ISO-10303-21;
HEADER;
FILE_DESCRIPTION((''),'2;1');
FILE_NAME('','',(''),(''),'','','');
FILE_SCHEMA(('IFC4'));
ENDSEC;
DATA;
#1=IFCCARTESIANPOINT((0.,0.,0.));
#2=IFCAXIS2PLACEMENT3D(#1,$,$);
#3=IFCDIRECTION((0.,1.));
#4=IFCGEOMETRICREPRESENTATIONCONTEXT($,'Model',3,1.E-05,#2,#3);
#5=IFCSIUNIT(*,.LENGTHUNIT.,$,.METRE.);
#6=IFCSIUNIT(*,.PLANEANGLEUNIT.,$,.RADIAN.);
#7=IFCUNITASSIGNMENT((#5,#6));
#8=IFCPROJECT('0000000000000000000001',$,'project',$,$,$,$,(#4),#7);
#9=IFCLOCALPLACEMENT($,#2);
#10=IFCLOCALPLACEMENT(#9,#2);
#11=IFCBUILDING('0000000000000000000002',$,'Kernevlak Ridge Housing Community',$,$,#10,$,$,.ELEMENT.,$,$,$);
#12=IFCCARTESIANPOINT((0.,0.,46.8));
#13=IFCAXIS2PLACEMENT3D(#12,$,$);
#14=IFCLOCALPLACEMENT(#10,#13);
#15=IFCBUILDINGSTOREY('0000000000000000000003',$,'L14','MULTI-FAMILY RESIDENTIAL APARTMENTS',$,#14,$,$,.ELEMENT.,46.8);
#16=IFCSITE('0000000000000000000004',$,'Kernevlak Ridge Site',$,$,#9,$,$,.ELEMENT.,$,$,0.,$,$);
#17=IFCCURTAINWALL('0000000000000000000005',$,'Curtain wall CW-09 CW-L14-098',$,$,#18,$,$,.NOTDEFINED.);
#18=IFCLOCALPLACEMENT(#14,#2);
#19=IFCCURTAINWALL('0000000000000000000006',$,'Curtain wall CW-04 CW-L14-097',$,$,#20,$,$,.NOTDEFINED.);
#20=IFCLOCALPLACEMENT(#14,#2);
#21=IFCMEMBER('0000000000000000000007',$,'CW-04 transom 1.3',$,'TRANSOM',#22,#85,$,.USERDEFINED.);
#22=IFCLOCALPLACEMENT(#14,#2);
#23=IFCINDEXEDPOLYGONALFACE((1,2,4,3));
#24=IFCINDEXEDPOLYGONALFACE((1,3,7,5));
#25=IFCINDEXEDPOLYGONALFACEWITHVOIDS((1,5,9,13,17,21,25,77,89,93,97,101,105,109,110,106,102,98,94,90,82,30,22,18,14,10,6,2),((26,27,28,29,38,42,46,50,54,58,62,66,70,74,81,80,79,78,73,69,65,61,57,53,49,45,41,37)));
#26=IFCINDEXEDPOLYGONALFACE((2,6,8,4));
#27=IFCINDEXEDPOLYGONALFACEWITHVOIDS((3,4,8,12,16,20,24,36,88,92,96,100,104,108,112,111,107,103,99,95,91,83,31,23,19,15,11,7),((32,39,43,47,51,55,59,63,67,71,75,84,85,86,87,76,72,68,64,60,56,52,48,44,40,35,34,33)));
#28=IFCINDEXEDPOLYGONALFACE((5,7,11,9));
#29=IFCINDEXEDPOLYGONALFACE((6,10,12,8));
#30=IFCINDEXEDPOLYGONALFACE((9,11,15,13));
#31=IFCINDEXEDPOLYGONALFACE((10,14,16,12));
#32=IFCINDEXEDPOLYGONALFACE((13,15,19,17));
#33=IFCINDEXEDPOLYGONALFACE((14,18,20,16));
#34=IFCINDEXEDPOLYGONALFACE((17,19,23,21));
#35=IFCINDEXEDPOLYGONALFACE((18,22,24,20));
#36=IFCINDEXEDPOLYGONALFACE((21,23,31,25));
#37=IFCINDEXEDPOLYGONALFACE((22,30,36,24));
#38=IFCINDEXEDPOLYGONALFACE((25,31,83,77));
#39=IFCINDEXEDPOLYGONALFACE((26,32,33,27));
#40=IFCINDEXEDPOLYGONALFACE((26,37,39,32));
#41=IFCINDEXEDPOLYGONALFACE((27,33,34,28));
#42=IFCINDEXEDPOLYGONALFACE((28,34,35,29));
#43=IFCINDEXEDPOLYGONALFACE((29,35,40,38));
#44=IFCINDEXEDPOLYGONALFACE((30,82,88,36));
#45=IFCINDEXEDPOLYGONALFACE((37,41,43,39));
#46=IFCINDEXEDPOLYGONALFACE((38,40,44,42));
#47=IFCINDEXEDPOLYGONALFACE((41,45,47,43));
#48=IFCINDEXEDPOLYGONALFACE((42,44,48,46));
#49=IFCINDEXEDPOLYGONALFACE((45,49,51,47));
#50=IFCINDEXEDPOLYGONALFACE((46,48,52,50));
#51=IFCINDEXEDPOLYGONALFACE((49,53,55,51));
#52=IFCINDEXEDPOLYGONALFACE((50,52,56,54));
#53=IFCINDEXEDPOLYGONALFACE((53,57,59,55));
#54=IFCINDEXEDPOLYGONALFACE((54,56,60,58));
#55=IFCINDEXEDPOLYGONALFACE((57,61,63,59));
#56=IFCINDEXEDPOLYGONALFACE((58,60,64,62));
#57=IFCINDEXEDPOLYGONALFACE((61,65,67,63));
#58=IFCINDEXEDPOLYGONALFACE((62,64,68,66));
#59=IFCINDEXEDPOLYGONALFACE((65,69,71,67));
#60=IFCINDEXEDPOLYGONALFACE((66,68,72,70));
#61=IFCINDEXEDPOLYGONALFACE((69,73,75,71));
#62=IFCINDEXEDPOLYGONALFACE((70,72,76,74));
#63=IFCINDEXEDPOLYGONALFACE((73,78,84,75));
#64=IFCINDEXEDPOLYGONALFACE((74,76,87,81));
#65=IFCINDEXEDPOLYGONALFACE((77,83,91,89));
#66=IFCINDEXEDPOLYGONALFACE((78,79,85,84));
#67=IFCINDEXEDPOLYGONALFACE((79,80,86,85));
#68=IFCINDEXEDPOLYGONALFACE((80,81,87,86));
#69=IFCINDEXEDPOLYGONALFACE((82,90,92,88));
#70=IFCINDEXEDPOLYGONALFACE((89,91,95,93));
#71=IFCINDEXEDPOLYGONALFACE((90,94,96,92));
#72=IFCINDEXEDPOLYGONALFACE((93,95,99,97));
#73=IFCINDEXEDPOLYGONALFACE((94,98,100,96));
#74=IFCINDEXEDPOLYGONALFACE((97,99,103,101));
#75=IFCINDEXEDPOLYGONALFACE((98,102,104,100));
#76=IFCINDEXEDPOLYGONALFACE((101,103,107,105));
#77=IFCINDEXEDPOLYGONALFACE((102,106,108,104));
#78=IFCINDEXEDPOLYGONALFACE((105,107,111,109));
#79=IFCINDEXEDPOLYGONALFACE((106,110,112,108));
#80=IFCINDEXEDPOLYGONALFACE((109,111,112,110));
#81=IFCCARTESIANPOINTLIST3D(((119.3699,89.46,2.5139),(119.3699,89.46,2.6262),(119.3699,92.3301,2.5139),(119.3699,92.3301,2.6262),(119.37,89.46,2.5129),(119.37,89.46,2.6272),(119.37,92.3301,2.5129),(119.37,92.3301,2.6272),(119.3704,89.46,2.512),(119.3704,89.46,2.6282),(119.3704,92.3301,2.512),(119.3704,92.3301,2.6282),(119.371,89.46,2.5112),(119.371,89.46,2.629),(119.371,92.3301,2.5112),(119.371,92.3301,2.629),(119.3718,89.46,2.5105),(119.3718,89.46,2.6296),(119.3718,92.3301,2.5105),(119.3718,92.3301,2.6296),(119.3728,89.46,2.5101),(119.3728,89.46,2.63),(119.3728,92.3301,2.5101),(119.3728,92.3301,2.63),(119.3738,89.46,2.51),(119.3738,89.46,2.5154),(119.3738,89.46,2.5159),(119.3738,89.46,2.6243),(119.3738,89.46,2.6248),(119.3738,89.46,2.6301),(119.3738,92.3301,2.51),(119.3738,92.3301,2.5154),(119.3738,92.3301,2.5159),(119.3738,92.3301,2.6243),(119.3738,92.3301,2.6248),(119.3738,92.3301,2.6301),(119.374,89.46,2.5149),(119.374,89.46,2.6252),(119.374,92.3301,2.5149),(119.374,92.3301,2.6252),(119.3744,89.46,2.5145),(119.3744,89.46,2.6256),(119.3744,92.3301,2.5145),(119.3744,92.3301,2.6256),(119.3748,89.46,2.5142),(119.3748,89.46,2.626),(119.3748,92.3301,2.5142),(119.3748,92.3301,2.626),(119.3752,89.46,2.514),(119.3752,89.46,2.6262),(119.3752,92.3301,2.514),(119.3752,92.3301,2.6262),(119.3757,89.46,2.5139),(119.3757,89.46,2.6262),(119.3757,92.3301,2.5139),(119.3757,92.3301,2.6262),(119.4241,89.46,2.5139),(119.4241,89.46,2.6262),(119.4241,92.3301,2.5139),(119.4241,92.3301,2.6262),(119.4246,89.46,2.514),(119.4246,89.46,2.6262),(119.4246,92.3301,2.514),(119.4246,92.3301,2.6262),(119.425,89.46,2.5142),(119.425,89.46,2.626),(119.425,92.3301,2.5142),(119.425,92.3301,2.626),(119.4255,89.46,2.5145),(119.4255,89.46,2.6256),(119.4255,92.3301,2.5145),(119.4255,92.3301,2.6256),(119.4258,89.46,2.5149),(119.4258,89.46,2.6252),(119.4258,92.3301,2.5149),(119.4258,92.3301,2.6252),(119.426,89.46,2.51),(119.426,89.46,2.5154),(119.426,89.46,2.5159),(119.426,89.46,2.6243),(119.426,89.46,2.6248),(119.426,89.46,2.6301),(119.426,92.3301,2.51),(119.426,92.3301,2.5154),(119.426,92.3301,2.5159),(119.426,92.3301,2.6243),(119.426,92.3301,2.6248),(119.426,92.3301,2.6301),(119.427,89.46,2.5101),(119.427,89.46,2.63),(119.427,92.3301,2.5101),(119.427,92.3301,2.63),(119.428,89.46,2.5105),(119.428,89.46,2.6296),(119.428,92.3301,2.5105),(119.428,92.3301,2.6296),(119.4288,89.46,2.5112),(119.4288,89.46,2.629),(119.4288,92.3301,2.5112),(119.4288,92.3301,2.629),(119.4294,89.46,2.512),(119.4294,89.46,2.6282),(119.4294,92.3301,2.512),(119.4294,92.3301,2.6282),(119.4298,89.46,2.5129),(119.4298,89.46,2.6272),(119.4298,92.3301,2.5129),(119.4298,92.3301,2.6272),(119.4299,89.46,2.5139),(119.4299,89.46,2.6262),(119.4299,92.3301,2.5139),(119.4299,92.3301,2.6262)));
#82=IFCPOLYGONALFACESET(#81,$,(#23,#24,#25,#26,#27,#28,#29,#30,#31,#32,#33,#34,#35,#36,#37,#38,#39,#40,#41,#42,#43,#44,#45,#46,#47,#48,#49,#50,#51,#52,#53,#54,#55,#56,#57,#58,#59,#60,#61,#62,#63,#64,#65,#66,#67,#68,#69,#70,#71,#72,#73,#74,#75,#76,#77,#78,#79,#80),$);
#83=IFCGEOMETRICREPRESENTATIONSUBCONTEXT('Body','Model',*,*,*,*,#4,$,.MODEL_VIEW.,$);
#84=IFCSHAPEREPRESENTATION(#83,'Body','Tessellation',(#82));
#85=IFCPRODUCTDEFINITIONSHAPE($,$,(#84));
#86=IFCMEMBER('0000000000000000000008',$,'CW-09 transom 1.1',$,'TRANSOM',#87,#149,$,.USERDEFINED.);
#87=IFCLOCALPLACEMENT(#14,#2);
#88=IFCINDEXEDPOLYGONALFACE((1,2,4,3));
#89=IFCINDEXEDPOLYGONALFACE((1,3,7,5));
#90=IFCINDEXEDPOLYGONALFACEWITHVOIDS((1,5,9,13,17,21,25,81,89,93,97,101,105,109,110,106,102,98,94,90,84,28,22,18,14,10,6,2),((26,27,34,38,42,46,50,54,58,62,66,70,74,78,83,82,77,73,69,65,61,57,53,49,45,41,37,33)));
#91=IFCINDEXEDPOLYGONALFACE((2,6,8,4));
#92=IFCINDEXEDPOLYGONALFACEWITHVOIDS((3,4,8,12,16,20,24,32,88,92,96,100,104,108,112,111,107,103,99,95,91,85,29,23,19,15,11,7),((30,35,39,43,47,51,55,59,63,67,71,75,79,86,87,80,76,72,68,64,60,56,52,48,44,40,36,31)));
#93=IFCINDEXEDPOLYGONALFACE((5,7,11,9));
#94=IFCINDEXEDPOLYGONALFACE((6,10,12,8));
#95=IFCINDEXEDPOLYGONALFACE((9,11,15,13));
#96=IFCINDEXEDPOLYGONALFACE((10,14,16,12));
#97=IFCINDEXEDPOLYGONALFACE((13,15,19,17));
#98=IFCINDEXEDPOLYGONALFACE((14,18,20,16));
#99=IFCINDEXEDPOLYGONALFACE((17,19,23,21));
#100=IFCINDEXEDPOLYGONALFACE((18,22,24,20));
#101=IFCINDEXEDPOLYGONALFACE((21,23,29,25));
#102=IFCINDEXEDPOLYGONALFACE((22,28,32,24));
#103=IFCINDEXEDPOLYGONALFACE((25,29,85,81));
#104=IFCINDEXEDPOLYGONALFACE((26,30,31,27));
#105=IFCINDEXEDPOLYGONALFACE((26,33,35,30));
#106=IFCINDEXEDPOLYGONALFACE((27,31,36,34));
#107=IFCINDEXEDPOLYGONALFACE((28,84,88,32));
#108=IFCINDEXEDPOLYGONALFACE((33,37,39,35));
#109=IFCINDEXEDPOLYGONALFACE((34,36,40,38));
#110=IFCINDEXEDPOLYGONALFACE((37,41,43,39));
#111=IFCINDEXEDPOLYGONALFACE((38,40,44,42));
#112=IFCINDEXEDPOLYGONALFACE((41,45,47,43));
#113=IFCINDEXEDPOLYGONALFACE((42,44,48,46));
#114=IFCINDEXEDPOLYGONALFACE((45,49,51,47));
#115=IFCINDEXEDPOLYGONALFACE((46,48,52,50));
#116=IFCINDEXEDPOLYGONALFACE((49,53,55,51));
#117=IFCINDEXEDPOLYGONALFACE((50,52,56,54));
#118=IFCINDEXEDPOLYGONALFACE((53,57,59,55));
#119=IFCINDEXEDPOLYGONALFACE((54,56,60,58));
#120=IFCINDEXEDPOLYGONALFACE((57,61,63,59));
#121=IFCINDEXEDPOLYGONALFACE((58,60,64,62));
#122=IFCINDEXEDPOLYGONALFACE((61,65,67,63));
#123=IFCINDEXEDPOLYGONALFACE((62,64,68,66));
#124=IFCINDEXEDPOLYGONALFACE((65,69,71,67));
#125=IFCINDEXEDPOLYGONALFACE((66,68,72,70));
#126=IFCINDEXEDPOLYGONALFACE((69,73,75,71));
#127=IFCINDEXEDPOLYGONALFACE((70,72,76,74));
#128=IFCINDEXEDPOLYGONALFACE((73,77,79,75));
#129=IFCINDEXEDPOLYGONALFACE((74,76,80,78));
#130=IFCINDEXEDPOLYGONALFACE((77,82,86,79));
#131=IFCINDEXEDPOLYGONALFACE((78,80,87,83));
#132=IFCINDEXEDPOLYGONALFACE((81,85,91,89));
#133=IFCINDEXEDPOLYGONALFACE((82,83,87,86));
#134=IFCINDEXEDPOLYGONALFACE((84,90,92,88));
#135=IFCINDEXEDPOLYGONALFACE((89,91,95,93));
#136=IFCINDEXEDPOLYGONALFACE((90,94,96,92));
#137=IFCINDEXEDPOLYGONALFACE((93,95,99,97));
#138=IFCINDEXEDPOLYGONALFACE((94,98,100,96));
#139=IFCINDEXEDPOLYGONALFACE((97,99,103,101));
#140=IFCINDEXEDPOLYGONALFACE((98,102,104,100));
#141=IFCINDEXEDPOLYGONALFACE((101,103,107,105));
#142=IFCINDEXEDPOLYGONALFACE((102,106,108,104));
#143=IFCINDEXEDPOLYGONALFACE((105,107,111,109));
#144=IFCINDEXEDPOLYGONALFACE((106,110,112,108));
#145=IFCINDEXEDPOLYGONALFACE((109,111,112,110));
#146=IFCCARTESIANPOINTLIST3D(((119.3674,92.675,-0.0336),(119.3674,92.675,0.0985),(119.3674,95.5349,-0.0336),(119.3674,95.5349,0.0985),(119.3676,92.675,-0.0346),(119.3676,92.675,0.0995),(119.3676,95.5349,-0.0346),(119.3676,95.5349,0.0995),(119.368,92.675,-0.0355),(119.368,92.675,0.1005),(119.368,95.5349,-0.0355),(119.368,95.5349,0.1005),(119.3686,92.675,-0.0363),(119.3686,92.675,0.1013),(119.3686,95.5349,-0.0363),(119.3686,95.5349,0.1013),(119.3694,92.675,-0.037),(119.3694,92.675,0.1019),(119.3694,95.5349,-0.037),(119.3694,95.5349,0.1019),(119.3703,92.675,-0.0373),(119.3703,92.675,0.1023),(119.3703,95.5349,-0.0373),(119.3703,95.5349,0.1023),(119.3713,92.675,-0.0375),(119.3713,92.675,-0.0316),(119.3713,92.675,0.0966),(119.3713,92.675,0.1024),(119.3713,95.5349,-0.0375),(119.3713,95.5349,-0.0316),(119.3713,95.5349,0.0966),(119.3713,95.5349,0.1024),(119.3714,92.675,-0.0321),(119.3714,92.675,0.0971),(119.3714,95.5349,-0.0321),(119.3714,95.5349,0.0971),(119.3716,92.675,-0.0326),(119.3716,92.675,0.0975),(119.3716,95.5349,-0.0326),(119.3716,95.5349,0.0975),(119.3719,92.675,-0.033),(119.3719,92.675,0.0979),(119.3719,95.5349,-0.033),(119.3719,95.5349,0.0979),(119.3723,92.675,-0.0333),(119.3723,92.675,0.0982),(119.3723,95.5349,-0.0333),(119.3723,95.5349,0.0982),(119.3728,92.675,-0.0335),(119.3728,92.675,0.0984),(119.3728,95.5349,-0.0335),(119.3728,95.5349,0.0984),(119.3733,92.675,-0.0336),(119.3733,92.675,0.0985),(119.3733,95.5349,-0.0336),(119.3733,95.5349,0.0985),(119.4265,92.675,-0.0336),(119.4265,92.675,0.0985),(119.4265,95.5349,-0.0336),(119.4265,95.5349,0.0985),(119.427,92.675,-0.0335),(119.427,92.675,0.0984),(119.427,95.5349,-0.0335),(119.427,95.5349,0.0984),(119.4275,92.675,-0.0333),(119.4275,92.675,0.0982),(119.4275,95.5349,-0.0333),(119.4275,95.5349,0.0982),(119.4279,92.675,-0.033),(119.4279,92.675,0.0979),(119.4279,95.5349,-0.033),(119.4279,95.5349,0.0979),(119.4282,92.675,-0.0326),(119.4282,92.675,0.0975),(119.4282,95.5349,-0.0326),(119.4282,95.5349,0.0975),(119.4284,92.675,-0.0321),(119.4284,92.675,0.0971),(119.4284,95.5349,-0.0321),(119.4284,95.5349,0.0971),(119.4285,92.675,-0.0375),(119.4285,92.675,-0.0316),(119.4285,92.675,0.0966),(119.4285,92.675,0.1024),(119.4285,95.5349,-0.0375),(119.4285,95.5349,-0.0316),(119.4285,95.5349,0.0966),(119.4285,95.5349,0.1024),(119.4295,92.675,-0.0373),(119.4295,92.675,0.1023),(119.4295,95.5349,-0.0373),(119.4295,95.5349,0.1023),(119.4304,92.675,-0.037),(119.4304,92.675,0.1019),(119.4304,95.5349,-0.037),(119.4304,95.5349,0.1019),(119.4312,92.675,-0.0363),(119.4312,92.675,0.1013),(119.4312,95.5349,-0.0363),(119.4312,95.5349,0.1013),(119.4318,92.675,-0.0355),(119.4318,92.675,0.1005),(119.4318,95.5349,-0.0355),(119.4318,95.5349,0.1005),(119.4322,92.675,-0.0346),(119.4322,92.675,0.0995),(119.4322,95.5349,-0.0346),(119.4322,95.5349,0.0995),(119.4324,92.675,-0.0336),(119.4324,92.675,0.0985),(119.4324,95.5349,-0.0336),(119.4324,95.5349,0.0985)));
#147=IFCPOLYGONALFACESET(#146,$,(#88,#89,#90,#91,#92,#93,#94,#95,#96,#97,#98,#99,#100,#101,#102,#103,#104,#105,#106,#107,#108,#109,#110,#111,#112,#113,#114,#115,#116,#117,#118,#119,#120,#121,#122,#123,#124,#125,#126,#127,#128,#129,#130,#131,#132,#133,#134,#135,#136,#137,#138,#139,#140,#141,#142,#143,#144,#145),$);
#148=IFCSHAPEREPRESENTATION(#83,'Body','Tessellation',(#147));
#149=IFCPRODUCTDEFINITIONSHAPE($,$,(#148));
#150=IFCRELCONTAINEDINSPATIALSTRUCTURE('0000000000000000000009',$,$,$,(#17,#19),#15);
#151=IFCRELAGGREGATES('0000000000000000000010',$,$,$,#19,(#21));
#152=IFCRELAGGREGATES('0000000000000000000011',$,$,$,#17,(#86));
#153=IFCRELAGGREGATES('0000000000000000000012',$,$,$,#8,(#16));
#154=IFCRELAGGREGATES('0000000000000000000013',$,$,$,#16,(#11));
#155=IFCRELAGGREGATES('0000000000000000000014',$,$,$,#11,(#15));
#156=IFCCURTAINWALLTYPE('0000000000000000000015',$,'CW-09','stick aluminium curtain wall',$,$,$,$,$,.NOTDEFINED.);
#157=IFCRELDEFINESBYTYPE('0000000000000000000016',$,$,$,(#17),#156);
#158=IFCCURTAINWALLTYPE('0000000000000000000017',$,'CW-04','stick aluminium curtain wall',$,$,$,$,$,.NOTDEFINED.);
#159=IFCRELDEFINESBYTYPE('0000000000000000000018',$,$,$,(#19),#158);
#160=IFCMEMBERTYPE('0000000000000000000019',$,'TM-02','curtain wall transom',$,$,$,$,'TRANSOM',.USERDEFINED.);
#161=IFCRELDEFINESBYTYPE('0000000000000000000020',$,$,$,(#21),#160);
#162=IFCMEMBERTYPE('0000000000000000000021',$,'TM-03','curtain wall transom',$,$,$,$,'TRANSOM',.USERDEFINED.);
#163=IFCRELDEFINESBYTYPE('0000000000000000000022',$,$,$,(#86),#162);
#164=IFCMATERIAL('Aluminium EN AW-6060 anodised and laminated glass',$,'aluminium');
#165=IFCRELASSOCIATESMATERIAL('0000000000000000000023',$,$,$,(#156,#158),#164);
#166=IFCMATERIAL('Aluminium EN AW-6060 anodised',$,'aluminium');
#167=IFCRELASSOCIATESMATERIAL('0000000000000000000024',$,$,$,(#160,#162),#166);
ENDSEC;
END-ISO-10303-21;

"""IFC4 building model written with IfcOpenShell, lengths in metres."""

from ifc_helpers import new_model, si_unit, direction, frame, origin, origin_2d, place, context, subcontext, project, spatial, hollow_rectangle, extrude, material, material_profile, profile_set, type_object, element, aggregate, save


model = new_model("IFC4")

# Units and contexts
model_context = context("Model", 3, precision=1e-05, world=origin(), true_north=direction((0.0, 1.0)))
body_context = subcontext(model_context, "Body", "Model", "MODEL_VIEW")
ifc_project = project(units=[si_unit("LENGTHUNIT", "METRE"), si_unit("PLANEANGLEUNIT", "RADIAN")], contexts=[model_context])

# Site, building, storey
site_placement = place(None, origin())
site = spatial("IfcSite", under=ifc_project, at=site_placement, Name="Kernevlak Ridge Site", CompositionType="ELEMENT", RefElevation=0.0)
building_placement = place(site_placement, origin())
building = spatial("IfcBuilding", under=site, at=building_placement, Name="Kernevlak Ridge Housing Community", CompositionType="ELEMENT")
storey_placement = place(building_placement, frame((0.0, 0.0, 46.8)))
storey = spatial("IfcBuildingStorey", under=building, at=storey_placement, Name="L14", Description="MULTI-FAMILY RESIDENTIAL APARTMENTS", CompositionType="ELEMENT", Elevation=46.8)

# Curtain wall
ifc_material_1 = material(Name="Aluminium EN AW-6060 anodised and laminated glass", Category="aluminium")
curtain_wall_type_1 = type_object("IfcCurtainWallType", Name="CW-09", Description="stick aluminium curtain wall", PredefinedType="NOTDEFINED", material=ifc_material_1)
curtain_wall_1_placement = place(storey_placement, origin())
curtain_wall_1 = element("IfcCurtainWall", 1, at=curtain_wall_1_placement, inside=storey, type_object=curtain_wall_type_1, Name="Curtain wall CW-09 CW-L14-098", PredefinedType="NOTDEFINED")
ifc_material_2 = material(Name="Aluminium EN AW-6060 anodised", Category="aluminium")

# Curtain wall, member
curtain_wall_type_2 = type_object("IfcCurtainWallType", Name="CW-04", Description="stick aluminium curtain wall", PredefinedType="NOTDEFINED", material=ifc_material_1)
curtain_wall_2_placement = place(storey_placement, origin())
curtain_wall_2 = element("IfcCurtainWall", 2, at=curtain_wall_2_placement, inside=storey, type_object=curtain_wall_type_2, Name="Curtain wall CW-04 CW-L14-097", PredefinedType="NOTDEFINED")
ifc_material_profile_1 = material_profile(ifc_material_2, hollow_rectangle(XDim=0.0601, YDim=0.1201, WallThickness=0.0039, InnerFilletRadius=0.002, OuterFilletRadius=0.0039, at=origin_2d()), Name="ALU 60x120x4")
ifc_profile_set_1 = profile_set([ifc_material_profile_1], Name="Aluminium EN AW-6060 anodised")
member_type_1 = type_object("IfcMemberType", Name="TM-02", Description="curtain wall transom", ElementType="TRANSOM", PredefinedType="USERDEFINED", material=ifc_profile_set_1)
member_1_placement = place(storey_placement, frame((119.3999, 89.46, 2.5701), z_axis=(0.0, 1.0, 0.0), x_axis=(-1.0, 0.0, 0.0)))
member_1 = element("IfcMember", 3, at=member_1_placement, type_object=member_type_1, Name="CW-04 transom 1.3", ObjectType="TRANSOM", PredefinedType="USERDEFINED", context=body_context, shape_type="SweptSolid", body=[
    extrude(hollow_rectangle(XDim=0.0601, YDim=0.1201, WallThickness=0.0039, InnerFilletRadius=0.002, OuterFilletRadius=0.0039, at=origin_2d()), origin(), (0.0, 0.0, 1.0), 2.8701),
])

# Member
ifc_material_profile_2 = material_profile(ifc_material_2, hollow_rectangle(XDim=0.0649, YDim=0.1399, WallThickness=0.0039, InnerFilletRadius=0.002, OuterFilletRadius=0.0039, at=origin_2d()), Name="ALU 65x140x4")
ifc_profile_set_2 = profile_set([ifc_material_profile_2], Name="Aluminium EN AW-6060 anodised")
member_type_2 = type_object("IfcMemberType", Name="TM-03", Description="curtain wall transom", ElementType="TRANSOM", PredefinedType="USERDEFINED", material=ifc_profile_set_2)
member_2_placement = place(storey_placement, frame((119.3999, 92.675, 0.0325), z_axis=(0.0, 1.0, 0.0), x_axis=(-1.0, 0.0, 0.0)))
member_2 = element("IfcMember", 4, at=member_2_placement, type_object=member_type_2, Name="CW-09 transom 1.1", ObjectType="TRANSOM", PredefinedType="USERDEFINED", context=body_context, shape_type="SweptSolid", body=[
    extrude(hollow_rectangle(XDim=0.0649, YDim=0.1399, WallThickness=0.0039, InnerFilletRadius=0.002, OuterFilletRadius=0.0039, at=origin_2d()), origin(), (0.0, 0.0, 1.0), 2.8599),
])

aggregate(curtain_wall_2, [member_1])
aggregate(curtain_wall_1, [member_2])

save(model, "model.ifc")
